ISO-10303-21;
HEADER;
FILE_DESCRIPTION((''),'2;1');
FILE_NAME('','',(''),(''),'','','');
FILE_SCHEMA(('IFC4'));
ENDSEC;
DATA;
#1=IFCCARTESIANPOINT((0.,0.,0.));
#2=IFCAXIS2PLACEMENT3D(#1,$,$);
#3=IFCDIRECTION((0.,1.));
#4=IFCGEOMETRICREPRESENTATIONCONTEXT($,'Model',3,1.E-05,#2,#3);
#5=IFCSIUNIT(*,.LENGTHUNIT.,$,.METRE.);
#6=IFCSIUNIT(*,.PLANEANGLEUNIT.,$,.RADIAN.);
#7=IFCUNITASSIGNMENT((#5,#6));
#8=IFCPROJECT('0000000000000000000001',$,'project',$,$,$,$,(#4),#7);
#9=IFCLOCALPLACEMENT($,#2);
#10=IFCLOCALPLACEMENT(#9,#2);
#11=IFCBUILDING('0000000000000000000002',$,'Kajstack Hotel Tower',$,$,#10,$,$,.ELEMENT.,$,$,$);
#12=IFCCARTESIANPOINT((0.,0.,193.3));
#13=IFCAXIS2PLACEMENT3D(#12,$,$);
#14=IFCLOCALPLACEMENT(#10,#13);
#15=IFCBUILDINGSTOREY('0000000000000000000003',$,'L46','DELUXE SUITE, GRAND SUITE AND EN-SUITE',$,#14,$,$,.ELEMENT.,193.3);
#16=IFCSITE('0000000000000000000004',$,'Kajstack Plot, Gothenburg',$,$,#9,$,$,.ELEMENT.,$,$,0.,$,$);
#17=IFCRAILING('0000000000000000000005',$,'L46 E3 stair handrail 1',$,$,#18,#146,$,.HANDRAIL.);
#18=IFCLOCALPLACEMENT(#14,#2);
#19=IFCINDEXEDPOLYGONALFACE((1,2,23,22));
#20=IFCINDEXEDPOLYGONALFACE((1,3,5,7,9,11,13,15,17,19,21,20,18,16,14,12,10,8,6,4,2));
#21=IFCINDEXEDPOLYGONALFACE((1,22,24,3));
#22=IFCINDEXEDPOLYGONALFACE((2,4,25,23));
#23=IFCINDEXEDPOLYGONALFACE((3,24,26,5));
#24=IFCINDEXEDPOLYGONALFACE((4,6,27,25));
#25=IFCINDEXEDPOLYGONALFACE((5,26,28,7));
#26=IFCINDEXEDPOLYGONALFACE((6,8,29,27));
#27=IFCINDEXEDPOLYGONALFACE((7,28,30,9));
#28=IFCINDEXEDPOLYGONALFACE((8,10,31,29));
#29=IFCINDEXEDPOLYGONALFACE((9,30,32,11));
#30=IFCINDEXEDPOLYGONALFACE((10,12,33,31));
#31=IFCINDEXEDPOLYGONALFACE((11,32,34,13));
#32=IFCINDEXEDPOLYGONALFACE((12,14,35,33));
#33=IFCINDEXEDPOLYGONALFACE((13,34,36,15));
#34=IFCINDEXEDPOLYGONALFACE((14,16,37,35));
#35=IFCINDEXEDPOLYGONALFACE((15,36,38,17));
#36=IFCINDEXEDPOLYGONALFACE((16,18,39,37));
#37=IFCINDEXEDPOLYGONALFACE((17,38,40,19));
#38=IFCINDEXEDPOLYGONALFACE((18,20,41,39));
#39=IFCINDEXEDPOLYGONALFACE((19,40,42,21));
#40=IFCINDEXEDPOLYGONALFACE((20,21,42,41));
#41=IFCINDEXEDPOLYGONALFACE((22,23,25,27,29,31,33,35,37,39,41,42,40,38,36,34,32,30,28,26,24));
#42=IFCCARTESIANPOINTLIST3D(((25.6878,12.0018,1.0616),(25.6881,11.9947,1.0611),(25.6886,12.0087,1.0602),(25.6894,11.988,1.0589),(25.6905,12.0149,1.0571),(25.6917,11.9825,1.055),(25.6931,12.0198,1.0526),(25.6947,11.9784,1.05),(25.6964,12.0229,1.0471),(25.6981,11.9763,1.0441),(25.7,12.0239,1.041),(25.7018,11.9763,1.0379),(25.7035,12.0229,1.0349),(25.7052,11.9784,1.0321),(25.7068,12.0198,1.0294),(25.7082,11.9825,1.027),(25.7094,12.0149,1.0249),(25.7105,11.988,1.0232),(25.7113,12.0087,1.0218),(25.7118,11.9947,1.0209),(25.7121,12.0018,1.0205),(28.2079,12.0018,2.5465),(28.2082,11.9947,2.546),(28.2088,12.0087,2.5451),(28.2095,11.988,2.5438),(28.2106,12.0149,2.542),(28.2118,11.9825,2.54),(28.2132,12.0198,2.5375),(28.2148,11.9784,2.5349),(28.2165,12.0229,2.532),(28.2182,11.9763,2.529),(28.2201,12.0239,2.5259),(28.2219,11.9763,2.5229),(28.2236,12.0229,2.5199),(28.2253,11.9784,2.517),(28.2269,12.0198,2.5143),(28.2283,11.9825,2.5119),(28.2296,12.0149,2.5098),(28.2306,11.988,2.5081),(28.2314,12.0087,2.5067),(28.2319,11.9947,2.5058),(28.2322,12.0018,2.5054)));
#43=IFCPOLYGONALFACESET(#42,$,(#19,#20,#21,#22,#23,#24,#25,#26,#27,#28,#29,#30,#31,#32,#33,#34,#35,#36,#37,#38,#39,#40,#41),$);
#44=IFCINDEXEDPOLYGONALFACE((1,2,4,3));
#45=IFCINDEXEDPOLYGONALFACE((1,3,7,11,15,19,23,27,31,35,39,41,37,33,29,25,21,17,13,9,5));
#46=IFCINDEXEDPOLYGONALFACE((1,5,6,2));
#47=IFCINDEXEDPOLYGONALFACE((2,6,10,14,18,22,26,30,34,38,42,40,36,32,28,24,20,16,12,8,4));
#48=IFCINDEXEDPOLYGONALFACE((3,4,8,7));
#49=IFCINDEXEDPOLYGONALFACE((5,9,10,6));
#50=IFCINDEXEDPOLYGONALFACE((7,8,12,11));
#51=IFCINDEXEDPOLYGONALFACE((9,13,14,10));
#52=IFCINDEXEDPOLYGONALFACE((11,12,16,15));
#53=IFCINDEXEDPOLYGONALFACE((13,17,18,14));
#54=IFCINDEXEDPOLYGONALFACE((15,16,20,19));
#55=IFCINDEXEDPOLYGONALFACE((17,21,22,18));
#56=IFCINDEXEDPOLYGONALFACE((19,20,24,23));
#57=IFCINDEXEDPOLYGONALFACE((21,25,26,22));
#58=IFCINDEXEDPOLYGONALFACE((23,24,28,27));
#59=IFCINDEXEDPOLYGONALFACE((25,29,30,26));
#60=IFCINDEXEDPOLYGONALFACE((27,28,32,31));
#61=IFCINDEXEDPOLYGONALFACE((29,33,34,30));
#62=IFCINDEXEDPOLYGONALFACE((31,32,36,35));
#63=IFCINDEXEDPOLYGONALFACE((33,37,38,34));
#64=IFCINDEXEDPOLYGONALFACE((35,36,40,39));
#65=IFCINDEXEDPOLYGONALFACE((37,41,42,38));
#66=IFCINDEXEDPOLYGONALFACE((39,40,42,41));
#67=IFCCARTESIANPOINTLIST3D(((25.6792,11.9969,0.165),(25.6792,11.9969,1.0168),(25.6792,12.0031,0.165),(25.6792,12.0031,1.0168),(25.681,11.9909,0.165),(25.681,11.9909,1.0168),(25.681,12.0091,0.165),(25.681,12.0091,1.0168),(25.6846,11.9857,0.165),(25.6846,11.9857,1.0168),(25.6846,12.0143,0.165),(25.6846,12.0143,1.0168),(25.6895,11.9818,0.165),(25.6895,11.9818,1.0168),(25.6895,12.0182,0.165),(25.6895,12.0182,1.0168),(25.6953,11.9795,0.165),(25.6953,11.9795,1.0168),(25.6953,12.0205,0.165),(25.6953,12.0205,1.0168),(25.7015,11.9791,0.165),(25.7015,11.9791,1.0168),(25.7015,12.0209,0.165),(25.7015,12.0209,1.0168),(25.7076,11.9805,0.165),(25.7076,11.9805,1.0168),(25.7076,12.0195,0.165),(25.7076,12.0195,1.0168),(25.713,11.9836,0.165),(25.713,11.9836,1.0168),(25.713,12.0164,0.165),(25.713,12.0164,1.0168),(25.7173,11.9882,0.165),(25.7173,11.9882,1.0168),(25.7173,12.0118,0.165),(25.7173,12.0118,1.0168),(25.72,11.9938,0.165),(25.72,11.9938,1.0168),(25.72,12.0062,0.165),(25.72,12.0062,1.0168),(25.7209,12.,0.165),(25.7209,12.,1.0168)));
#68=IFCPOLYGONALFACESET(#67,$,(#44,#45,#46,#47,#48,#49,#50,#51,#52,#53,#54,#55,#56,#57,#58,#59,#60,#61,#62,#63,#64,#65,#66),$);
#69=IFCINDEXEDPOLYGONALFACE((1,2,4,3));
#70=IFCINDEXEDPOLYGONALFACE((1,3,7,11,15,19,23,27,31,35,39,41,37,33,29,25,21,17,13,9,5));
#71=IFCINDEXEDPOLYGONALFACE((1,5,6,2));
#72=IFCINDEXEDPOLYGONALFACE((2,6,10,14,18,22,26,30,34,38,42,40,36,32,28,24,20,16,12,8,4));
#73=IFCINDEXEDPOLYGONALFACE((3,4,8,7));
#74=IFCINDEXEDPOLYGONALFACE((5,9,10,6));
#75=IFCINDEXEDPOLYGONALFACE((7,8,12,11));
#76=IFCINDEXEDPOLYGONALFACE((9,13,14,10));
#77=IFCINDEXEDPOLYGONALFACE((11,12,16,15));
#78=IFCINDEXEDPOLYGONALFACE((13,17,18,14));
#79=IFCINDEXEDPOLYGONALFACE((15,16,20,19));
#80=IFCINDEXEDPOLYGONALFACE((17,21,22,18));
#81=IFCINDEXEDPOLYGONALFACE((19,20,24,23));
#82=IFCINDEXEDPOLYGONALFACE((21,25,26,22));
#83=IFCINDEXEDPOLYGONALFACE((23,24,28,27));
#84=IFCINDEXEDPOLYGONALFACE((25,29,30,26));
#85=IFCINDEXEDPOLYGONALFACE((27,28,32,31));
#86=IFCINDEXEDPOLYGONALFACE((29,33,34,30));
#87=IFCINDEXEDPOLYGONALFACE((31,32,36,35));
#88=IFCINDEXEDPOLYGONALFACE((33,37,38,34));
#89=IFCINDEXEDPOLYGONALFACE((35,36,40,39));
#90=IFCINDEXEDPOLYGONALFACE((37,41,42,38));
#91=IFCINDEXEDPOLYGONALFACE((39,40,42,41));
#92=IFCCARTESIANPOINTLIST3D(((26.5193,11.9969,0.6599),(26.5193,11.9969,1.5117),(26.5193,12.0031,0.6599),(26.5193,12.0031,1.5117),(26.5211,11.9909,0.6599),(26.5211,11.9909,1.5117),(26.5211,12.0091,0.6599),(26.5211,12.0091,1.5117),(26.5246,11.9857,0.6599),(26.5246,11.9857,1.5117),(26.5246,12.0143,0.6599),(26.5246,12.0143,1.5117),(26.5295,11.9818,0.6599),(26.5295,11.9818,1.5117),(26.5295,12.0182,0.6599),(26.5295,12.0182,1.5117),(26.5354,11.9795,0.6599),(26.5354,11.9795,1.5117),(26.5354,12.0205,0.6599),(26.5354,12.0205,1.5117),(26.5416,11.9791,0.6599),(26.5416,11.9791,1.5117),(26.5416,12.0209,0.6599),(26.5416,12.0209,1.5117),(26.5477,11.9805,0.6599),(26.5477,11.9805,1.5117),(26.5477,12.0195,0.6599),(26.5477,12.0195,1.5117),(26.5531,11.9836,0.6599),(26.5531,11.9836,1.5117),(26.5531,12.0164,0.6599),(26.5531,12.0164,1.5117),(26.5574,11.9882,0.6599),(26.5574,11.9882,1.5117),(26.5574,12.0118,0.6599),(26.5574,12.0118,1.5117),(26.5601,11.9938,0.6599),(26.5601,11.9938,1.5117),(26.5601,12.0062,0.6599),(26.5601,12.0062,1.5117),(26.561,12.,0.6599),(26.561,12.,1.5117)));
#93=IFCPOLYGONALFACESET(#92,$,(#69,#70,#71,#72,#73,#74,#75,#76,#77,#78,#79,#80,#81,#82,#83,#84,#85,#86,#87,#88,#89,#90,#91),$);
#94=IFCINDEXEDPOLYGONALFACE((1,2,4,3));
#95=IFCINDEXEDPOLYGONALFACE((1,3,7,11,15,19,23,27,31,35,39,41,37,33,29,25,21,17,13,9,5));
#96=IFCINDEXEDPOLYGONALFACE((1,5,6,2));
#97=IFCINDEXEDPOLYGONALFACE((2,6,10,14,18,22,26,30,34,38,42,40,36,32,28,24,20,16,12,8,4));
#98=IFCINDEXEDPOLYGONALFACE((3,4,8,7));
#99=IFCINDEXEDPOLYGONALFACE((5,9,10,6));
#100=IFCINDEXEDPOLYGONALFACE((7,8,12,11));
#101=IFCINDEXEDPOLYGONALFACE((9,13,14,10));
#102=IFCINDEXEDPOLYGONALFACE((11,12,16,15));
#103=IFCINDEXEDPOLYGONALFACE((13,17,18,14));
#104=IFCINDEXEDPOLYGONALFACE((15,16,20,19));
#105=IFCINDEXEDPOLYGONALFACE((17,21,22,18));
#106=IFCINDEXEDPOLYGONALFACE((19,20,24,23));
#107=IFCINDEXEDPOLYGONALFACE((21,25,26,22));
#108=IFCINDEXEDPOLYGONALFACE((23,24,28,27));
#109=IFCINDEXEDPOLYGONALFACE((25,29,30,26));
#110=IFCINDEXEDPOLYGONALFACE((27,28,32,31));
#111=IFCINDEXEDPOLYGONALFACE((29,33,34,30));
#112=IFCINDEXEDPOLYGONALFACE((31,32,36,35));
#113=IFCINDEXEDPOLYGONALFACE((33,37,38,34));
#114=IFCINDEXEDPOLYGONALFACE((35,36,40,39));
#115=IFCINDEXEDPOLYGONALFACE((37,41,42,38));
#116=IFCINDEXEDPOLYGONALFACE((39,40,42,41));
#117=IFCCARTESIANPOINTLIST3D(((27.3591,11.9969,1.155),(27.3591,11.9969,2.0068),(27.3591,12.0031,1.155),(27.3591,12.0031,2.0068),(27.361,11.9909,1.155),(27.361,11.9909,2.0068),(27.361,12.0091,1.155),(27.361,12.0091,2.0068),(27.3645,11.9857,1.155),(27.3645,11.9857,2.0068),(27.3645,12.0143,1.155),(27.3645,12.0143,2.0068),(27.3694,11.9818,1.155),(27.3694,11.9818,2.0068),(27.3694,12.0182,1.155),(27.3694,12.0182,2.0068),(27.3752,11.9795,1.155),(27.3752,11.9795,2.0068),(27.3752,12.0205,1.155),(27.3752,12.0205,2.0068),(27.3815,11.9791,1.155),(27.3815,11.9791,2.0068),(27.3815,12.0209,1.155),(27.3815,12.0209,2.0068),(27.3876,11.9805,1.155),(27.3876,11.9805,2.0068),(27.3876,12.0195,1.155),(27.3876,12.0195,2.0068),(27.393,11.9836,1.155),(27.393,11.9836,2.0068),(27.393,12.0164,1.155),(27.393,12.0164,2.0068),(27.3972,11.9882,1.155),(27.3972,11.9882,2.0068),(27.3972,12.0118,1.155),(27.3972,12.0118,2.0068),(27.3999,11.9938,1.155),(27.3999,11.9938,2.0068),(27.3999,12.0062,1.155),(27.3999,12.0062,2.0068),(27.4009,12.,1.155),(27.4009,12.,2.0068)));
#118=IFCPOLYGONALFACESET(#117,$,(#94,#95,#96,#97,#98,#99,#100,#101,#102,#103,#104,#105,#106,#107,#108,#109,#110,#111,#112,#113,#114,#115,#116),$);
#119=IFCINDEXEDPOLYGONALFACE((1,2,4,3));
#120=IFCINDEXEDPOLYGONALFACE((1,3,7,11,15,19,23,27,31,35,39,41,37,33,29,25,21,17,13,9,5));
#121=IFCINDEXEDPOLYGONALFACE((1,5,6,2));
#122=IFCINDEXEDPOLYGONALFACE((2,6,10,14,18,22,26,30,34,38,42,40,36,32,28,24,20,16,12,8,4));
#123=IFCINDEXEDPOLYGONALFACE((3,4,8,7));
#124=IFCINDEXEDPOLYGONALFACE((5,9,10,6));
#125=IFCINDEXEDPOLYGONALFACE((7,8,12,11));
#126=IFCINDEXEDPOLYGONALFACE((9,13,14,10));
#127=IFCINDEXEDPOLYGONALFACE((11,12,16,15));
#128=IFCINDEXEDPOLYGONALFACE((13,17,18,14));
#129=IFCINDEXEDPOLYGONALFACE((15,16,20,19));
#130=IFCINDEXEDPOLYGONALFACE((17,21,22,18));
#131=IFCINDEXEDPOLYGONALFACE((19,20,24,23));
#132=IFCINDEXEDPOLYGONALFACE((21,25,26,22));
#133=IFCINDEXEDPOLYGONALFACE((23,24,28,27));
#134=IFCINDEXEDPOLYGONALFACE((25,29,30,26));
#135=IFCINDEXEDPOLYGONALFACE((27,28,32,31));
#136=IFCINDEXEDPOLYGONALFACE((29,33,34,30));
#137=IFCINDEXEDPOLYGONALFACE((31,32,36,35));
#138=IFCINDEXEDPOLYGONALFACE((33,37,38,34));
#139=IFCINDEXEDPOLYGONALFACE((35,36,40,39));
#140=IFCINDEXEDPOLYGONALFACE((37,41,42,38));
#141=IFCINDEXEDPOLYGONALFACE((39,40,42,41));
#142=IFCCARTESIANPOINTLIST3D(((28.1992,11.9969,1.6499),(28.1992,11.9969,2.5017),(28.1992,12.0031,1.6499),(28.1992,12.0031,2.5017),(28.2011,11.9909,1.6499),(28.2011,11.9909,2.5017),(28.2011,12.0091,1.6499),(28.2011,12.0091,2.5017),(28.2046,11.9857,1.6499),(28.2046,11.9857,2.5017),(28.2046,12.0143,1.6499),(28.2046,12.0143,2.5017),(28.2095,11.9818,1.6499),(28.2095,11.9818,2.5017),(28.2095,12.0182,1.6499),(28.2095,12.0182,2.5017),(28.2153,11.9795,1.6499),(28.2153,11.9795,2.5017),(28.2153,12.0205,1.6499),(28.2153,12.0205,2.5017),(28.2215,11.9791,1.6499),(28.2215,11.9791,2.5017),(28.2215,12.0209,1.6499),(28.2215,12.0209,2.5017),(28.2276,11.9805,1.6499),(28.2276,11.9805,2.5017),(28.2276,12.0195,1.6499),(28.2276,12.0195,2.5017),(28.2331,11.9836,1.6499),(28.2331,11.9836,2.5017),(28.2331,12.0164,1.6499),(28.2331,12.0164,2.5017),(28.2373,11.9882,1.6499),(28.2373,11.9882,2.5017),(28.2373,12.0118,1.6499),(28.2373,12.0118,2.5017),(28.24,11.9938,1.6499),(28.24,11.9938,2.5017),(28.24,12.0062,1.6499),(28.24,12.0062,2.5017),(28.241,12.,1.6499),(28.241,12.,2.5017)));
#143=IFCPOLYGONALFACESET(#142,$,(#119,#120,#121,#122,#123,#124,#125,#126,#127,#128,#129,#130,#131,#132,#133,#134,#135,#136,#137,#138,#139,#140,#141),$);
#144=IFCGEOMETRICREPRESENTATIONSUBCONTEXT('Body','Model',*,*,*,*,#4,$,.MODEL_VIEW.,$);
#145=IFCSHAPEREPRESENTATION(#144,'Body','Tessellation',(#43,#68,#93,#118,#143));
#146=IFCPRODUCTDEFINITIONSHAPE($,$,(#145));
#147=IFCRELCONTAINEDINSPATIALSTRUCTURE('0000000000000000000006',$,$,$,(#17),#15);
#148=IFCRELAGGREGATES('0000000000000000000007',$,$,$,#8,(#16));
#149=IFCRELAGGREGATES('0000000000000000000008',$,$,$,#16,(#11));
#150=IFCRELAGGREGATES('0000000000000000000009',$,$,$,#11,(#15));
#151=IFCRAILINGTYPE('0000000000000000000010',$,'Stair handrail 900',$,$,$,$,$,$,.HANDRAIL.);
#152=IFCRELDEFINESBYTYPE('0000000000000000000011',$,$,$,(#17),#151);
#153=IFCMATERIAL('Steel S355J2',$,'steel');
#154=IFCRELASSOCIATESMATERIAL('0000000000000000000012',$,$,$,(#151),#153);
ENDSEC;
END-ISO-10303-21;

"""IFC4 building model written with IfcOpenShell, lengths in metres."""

from ifc_helpers import new_model, si_unit, direction, frame, origin, origin_2d, place, context, subcontext, project, spatial, circle, extrude, material, type_object, element, save


model = new_model("IFC4")

# Units and contexts
model_context = context("Model", 3, precision=1e-05, world=origin(), true_north=direction((0.0, 1.0)))
body_context = subcontext(model_context, "Body", "Model", "MODEL_VIEW")
ifc_project = project(units=[si_unit("LENGTHUNIT", "METRE"), si_unit("PLANEANGLEUNIT", "RADIAN")], contexts=[model_context])

# Site, building, storey
site_placement = place(None, origin())
site = spatial("IfcSite", under=ifc_project, at=site_placement, Name="Kajstack Plot, Gothenburg", CompositionType="ELEMENT", RefElevation=0.0)
building_placement = place(site_placement, origin())
building = spatial("IfcBuilding", under=site, at=building_placement, Name="Kajstack Hotel Tower", CompositionType="ELEMENT")
storey_placement = place(building_placement, frame((0.0, 0.0, 193.3)))
storey = spatial("IfcBuildingStorey", under=building, at=storey_placement, Name="L46", Description="DELUXE SUITE, GRAND SUITE AND EN-SUITE", CompositionType="ELEMENT", Elevation=193.3)

# Railing
ifc_material_1 = material(Name="Steel S355J2", Category="steel")
railing_type_1 = type_object("IfcRailingType", Name="Stair handrail 900", PredefinedType="HANDRAIL", material=ifc_material_1)
railing_1_placement = place(storey_placement, frame((25.7, 12.0, 0.165)))
element("IfcRailing", 1, at=railing_1_placement, inside=storey, type_object=railing_type_1, Name="L46 E3 stair handrail 1", PredefinedType="HANDRAIL", context=body_context, shape_type="SweptSolid", body=[
    extrude(circle(Radius=0.0239, at=origin_2d()), frame((0.0, 0.0, 0.876), z_axis=(0.861561, 0.0, 0.507655), x_axis=(0.0, 1.0, 0.0)), (0.0, 0.0, 1.0), 2.925),
    extrude(circle(Radius=0.021, at=origin_2d()), origin(), (0.0, 0.0, 1.0), 0.8518),
    extrude(circle(Radius=0.021, at=origin_2d()), frame((0.8401, 0.0, 0.4949)), (0.0, 0.0, 1.0), 0.8518),
    extrude(circle(Radius=0.021, at=origin_2d()), frame((1.6799, 0.0, 0.99)), (0.0, 0.0, 1.0), 0.8518),
    extrude(circle(Radius=0.021, at=origin_2d()), frame((2.52, 0.0, 1.4849)), (0.0, 0.0, 1.0), 0.8518),
])

save(model, "model.ifc")
